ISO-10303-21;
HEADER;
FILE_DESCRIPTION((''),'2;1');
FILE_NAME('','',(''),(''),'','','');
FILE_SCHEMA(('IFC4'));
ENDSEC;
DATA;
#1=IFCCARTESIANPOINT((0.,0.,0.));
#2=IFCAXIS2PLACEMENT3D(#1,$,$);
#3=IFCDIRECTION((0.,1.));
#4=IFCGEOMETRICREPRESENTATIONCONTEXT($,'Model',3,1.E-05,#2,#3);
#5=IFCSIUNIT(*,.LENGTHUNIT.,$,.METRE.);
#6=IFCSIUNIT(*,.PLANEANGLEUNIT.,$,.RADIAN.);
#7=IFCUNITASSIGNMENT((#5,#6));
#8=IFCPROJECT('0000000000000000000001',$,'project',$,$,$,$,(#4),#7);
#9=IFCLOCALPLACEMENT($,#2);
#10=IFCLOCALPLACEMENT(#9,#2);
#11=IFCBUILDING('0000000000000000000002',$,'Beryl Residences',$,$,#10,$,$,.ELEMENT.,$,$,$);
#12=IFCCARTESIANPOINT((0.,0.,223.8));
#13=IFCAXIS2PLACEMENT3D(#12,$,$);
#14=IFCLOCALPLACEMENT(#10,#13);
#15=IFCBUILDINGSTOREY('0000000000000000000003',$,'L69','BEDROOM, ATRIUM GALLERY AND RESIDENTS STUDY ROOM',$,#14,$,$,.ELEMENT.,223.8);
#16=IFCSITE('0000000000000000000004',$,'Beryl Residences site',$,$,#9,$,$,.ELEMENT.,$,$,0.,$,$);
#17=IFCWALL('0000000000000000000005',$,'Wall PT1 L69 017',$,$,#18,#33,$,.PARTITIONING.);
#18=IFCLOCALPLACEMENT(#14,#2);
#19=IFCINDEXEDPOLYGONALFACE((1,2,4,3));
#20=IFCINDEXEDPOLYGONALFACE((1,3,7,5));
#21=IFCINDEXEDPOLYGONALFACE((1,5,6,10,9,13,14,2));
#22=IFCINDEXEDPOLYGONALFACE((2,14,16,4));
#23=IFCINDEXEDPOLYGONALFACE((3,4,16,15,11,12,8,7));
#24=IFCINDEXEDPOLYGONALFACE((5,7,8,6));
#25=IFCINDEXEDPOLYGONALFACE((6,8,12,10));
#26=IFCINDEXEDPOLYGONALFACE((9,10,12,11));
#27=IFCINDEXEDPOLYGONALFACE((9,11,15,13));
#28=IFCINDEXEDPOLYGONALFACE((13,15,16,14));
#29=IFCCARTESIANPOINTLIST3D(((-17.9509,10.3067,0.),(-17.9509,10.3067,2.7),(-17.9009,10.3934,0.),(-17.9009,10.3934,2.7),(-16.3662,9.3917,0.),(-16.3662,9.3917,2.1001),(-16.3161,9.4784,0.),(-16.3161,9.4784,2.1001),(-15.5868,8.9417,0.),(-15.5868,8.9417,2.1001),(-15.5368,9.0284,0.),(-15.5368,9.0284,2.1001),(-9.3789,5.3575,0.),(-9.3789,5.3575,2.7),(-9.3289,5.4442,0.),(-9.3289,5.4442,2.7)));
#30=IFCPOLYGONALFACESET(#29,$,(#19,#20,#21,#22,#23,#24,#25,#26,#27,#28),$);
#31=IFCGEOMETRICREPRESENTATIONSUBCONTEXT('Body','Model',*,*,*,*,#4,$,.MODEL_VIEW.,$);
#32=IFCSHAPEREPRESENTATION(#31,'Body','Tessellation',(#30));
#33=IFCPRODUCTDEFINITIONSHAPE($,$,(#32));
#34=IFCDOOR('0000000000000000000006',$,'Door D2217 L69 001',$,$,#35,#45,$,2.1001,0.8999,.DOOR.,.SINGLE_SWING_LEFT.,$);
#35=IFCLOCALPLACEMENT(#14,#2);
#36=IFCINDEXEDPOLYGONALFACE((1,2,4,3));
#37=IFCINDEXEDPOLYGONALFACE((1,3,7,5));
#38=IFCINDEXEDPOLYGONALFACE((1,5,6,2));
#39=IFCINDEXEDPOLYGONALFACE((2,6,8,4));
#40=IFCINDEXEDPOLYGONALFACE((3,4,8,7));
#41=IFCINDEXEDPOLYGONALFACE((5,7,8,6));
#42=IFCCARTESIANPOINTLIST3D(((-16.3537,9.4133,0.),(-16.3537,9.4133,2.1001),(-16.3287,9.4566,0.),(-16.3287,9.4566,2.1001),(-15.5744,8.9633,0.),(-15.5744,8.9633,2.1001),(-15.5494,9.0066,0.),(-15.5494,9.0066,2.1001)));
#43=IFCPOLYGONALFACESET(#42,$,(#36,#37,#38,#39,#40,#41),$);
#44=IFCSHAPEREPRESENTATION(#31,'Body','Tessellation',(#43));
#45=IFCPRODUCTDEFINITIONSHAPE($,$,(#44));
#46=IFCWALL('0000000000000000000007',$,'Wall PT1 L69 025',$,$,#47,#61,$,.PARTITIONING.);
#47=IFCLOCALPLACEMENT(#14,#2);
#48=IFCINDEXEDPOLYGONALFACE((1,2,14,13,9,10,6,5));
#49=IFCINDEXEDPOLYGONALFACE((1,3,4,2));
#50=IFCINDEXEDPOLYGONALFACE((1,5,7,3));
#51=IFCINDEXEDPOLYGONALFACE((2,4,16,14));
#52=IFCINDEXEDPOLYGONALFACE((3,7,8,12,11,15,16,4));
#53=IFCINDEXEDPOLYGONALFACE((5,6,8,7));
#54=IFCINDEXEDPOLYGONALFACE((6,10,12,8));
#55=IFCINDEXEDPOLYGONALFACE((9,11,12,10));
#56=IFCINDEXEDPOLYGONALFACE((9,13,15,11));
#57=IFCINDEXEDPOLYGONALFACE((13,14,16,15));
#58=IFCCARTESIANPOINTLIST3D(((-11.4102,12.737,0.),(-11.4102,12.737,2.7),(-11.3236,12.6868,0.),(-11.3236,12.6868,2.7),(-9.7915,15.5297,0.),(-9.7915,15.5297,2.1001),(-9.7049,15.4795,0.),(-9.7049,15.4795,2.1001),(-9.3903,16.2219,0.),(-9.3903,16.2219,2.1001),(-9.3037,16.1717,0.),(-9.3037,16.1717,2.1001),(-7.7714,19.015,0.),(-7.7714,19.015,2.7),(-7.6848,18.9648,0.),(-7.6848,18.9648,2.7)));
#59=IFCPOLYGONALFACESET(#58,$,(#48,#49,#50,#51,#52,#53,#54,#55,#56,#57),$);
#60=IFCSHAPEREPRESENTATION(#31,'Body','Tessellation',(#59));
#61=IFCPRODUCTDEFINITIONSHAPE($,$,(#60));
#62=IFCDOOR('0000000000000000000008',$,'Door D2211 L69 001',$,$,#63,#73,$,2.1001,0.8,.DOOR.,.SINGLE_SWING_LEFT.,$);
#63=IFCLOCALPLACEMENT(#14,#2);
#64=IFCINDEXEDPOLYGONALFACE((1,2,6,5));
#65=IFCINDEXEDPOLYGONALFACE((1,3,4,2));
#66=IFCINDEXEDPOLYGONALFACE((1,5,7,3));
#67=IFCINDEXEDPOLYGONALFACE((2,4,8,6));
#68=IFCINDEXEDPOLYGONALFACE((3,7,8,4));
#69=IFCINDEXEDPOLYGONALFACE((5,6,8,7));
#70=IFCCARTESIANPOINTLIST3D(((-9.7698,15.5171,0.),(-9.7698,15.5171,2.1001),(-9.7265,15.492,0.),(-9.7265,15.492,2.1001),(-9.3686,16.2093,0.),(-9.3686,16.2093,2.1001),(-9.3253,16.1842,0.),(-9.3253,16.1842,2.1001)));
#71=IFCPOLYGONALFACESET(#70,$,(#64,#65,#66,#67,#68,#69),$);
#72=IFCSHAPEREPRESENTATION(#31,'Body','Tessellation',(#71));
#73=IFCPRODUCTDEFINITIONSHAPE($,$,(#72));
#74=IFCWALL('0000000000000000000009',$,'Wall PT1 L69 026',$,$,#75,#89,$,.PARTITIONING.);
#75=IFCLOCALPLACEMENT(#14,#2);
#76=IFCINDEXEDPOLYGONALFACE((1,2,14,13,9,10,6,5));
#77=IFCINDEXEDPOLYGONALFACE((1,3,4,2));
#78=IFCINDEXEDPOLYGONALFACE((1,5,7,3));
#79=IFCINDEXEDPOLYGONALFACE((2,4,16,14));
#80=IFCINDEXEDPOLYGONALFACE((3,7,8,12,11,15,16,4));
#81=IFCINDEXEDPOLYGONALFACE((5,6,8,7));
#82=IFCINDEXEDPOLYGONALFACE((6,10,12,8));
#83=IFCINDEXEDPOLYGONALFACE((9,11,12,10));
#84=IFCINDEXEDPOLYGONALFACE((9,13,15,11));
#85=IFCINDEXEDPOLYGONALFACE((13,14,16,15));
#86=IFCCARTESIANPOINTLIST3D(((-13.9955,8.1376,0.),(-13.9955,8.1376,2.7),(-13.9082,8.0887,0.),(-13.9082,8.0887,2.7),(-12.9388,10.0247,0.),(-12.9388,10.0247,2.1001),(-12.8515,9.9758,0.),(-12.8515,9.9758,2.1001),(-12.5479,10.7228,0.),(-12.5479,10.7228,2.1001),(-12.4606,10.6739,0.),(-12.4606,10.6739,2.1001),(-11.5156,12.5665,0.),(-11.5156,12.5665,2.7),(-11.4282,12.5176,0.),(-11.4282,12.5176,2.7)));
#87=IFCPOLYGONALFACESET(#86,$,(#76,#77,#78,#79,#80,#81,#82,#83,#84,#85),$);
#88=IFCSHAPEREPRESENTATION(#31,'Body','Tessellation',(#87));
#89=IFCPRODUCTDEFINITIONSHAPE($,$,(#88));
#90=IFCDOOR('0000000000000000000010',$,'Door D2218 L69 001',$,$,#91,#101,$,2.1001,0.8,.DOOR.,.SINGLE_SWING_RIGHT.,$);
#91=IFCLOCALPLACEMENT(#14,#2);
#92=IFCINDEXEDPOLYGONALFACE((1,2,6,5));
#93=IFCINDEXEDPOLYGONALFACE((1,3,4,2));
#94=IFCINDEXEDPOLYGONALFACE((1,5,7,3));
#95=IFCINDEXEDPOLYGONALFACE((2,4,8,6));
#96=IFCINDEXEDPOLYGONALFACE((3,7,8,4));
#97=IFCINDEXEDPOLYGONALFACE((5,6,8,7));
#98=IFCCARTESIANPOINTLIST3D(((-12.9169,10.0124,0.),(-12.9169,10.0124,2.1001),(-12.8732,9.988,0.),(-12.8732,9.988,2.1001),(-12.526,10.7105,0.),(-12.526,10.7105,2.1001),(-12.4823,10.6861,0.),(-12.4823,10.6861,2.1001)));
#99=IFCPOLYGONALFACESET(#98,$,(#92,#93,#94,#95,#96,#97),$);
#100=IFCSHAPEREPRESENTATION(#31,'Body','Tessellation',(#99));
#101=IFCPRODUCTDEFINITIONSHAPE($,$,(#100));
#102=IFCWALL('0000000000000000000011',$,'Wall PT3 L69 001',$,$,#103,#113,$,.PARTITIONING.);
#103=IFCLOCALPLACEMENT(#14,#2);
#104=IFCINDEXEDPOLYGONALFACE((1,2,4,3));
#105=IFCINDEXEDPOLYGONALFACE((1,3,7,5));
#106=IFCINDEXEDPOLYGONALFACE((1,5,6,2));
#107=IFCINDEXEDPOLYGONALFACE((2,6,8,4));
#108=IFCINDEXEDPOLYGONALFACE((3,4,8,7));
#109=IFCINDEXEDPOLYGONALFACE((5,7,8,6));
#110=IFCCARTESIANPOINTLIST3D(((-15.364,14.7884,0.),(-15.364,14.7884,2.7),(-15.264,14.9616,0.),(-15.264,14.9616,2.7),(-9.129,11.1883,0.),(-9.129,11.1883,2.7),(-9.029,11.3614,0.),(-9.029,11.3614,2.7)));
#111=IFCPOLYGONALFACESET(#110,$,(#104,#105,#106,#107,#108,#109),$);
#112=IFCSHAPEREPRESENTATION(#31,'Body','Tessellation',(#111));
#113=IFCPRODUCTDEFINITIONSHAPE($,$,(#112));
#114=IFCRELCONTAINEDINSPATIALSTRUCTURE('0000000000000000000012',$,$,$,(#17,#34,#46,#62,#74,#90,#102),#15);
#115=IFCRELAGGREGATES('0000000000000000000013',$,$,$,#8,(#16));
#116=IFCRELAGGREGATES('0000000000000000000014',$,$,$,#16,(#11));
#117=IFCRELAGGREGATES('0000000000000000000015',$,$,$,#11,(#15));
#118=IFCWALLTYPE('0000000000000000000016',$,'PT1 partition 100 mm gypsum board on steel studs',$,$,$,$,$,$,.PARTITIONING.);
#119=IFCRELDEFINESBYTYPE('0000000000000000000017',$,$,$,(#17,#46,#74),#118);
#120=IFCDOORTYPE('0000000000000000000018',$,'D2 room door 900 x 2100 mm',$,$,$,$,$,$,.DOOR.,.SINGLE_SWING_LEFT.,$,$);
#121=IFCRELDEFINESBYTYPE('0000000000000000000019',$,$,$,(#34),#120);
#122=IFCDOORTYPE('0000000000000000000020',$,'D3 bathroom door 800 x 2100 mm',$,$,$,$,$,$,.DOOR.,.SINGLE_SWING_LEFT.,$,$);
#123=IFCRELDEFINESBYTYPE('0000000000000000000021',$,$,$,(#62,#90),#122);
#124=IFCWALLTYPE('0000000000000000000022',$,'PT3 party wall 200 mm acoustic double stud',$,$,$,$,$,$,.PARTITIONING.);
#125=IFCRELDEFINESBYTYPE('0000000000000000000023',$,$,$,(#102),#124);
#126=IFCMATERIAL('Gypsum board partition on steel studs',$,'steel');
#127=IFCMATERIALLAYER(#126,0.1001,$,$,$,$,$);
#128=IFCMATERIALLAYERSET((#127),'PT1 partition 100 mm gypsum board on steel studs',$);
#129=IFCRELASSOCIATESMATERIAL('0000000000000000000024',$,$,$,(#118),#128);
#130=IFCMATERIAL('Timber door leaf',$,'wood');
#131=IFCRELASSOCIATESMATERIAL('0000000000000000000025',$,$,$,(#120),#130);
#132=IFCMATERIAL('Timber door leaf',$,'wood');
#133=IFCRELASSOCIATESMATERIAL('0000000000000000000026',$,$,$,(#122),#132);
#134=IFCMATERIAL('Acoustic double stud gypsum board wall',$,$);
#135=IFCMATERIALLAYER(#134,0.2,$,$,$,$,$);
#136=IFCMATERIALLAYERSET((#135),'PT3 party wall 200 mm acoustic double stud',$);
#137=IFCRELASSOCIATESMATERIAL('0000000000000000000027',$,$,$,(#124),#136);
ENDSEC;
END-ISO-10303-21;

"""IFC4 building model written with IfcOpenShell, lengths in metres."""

from ifc_helpers import new_model, si_unit, direction, frame, frame_2d, origin, place, context, subcontext, project, spatial, rectangle, extrude, material, layer, layer_set, type_object, element, fill, save


model = new_model("IFC4")

# Units and contexts
model_context = context("Model", 3, precision=1e-05, world=origin(), true_north=direction((0.0, 1.0)))
body_context = subcontext(model_context, "Body", "Model", "MODEL_VIEW")
ifc_project = project(units=[si_unit("LENGTHUNIT", "METRE"), si_unit("PLANEANGLEUNIT", "RADIAN")], contexts=[model_context])

# Site, building, storey
site_placement = place(None, origin())
site = spatial("IfcSite", under=ifc_project, at=site_placement, Name="Beryl Residences site", CompositionType="ELEMENT", RefElevation=0.0)
building_placement = place(site_placement, origin())
building = spatial("IfcBuilding", under=site, at=building_placement, Name="Beryl Residences", CompositionType="ELEMENT")
storey_placement = place(building_placement, frame((0.0, 0.0, 223.8)))
storey = spatial("IfcBuildingStorey", under=building, at=storey_placement, Name="L69", Description="BEDROOM, ATRIUM GALLERY AND RESIDENTS STUDY ROOM", CompositionType="ELEMENT", Elevation=223.8)

# Walls, openings, doors
ifc_material_1 = material(Name="Gypsum board partition on steel studs", Category="steel")
ifc_layer_1 = layer(ifc_material_1, 0.1001)
ifc_layer_set_1 = layer_set([ifc_layer_1], Name="PT1 partition 100 mm gypsum board on steel studs")
wall_type_1 = type_object("IfcWallType", Name="PT1 partition 100 mm gypsum board on steel studs", PredefinedType="PARTITIONING", material=ifc_layer_set_1)
wall_1_placement = place(storey_placement, frame((-17.926, 10.3501, 0.0), z_axis=(0.0, 0.0, 1.0), x_axis=(0.866018, -0.500012, 0.0)))
wall_1 = element("IfcWall", 1, at=wall_1_placement, inside=storey, type_object=wall_type_1, Name="Wall PT1 L69 017", PredefinedType="PARTITIONING", context=body_context, shape_type="SweptSolid", body=[
    extrude(rectangle(XDim=9.8982, YDim=0.1001, at=frame_2d((4.9492, 0.0))), origin(), (0.0, 0.0, 1.0), 2.7),
])
opening_1_placement = place(wall_1_placement, frame((1.8301, 0.0, 0.0)))
opening_1 = element("IfcOpeningElement", 2, at=opening_1_placement, cuts=wall_1, PredefinedType="OPENING", context=body_context, shape_type="SweptSolid", body=[
    extrude(rectangle(XDim=0.8999, YDim=2.1001, at=frame_2d((0.45, 1.05))), frame((0.0, 0.0601, 0.0), z_axis=(0.0, -1.0, 0.0), x_axis=(1.0, 0.0, 0.0)), (0.0, 0.0, 1.0), 0.1201),
])
ifc_material_2 = material(Name="Timber door leaf", Category="wood")
door_type_1 = type_object("IfcDoorType", Name="D2 room door 900 x 2100 mm", OperationType="SINGLE_SWING_LEFT", PredefinedType="DOOR", material=ifc_material_2)
door_1_placement = place(opening_1_placement, origin())
door_1 = element("IfcDoor", 3, at=door_1_placement, inside=storey, type_object=door_type_1, Name="Door D2217 L69 001", OperationType="SINGLE_SWING_LEFT", OverallHeight=2.1001, OverallWidth=0.8999, PredefinedType="DOOR", context=body_context, shape_type="SweptSolid", body=[
    extrude(rectangle(XDim=0.8999, YDim=2.1001, at=frame_2d((0.45, 1.05))), frame((0.0, 0.0249, 0.0), z_axis=(0.0, -1.0, 0.0), x_axis=(1.0, 0.0, 0.0)), (0.0, 0.0, 1.0), 0.05),
])
fill(opening_1, door_1)
wall_2_placement = place(storey_placement, frame((-11.3669, 12.7119, 0.0), z_axis=(0.0, 0.0, 1.0), x_axis=(0.501474, 0.865173, 0.0)))
wall_2 = element("IfcWall", 4, at=wall_2_placement, inside=storey, type_object=wall_type_1, Name="Wall PT1 L69 025", PredefinedType="PARTITIONING", context=body_context, shape_type="SweptSolid", body=[
    extrude(rectangle(XDim=7.2563, YDim=0.1001, at=frame_2d((3.6282, 0.0))), origin(), (0.0, 0.0, 1.0), 2.7),
])
opening_2_placement = place(wall_2_placement, frame((3.228, 0.0, 0.0)))
opening_2 = element("IfcOpeningElement", 5, at=opening_2_placement, cuts=wall_2, PredefinedType="OPENING", context=body_context, shape_type="SweptSolid", body=[
    extrude(rectangle(XDim=0.8, YDim=2.1001, at=frame_2d((0.3999, 1.05))), frame((0.0, 0.0601, 0.0), z_axis=(0.0, -1.0, 0.0), x_axis=(1.0, 0.0, 0.0)), (0.0, 0.0, 1.0), 0.1201),
])
ifc_material_3 = material(Name="Timber door leaf", Category="wood")
door_type_2 = type_object("IfcDoorType", Name="D3 bathroom door 800 x 2100 mm", OperationType="SINGLE_SWING_LEFT", PredefinedType="DOOR", material=ifc_material_3)
door_2_placement = place(opening_2_placement, origin())
door_2 = element("IfcDoor", 6, at=door_2_placement, inside=storey, type_object=door_type_2, Name="Door D2211 L69 001", OperationType="SINGLE_SWING_LEFT", OverallHeight=2.1001, OverallWidth=0.8, PredefinedType="DOOR", context=body_context, shape_type="SweptSolid", body=[
    extrude(rectangle(XDim=0.8, YDim=2.1001, at=frame_2d((0.3999, 1.05))), frame((0.0, 0.0249, 0.0), z_axis=(0.0, -1.0, 0.0), x_axis=(1.0, 0.0, 0.0)), (0.0, 0.0, 1.0), 0.05),
])
fill(opening_2, door_2)
wall_3_placement = place(storey_placement, frame((-13.9519, 8.113, 0.0), z_axis=(0.0, 0.0, 1.0), x_axis=(0.488568, 0.872526, 0.0)))
wall_3 = element("IfcWall", 7, at=wall_3_placement, inside=storey, type_object=wall_type_1, Name="Wall PT1 L69 026", PredefinedType="PARTITIONING", context=body_context, shape_type="SweptSolid", body=[
    extrude(rectangle(XDim=5.0759, YDim=0.1001, at=frame_2d((2.5381, 0.0))), origin(), (0.0, 0.0, 1.0), 2.7),
])
opening_3_placement = place(wall_3_placement, frame((2.1631, 0.0, 0.0)))
opening_3 = element("IfcOpeningElement", 8, at=opening_3_placement, cuts=wall_3, PredefinedType="OPENING", context=body_context, shape_type="SweptSolid", body=[
    extrude(rectangle(XDim=0.8, YDim=2.1001, at=frame_2d((0.3999, 1.05))), frame((0.0, 0.0601, 0.0), z_axis=(0.0, -1.0, 0.0), x_axis=(1.0, 0.0, 0.0)), (0.0, 0.0, 1.0), 0.1201),
])
door_3_placement = place(opening_3_placement, origin())
door_3 = element("IfcDoor", 9, at=door_3_placement, inside=storey, type_object=door_type_2, Name="Door D2218 L69 001", OperationType="SINGLE_SWING_RIGHT", OverallHeight=2.1001, OverallWidth=0.8, PredefinedType="DOOR", context=body_context, shape_type="SweptSolid", body=[
    extrude(rectangle(XDim=0.8, YDim=2.1001, at=frame_2d((0.3999, 1.05))), frame((0.0, 0.0249, 0.0), z_axis=(0.0, -1.0, 0.0), x_axis=(1.0, 0.0, 0.0)), (0.0, 0.0, 1.0), 0.05),
])
fill(opening_3, door_3)

# Wall
ifc_material_4 = material(Name="Acoustic double stud gypsum board wall")
ifc_layer_2 = layer(ifc_material_4, 0.2)
ifc_layer_set_2 = layer_set([ifc_layer_2], Name="PT3 party wall 200 mm acoustic double stud")
wall_type_2 = type_object("IfcWallType", Name="PT3 party wall 200 mm acoustic double stud", PredefinedType="PARTITIONING", material=ifc_layer_set_2)
wall_4_placement = place(storey_placement, frame((-15.314, 14.875, 0.0), z_axis=(0.0, 0.0, 1.0), x_axis=(0.866001, -0.500041, 0.0)))
element("IfcWall", 10, at=wall_4_placement, inside=storey, type_object=wall_type_2, Name="Wall PT3 L69 001", PredefinedType="PARTITIONING", context=body_context, shape_type="SweptSolid", body=[
    extrude(rectangle(XDim=7.1997, YDim=0.2, at=frame_2d((3.5999, 0.0))), origin(), (0.0, 0.0, 1.0), 2.7),
])

save(model, "model.ifc")
